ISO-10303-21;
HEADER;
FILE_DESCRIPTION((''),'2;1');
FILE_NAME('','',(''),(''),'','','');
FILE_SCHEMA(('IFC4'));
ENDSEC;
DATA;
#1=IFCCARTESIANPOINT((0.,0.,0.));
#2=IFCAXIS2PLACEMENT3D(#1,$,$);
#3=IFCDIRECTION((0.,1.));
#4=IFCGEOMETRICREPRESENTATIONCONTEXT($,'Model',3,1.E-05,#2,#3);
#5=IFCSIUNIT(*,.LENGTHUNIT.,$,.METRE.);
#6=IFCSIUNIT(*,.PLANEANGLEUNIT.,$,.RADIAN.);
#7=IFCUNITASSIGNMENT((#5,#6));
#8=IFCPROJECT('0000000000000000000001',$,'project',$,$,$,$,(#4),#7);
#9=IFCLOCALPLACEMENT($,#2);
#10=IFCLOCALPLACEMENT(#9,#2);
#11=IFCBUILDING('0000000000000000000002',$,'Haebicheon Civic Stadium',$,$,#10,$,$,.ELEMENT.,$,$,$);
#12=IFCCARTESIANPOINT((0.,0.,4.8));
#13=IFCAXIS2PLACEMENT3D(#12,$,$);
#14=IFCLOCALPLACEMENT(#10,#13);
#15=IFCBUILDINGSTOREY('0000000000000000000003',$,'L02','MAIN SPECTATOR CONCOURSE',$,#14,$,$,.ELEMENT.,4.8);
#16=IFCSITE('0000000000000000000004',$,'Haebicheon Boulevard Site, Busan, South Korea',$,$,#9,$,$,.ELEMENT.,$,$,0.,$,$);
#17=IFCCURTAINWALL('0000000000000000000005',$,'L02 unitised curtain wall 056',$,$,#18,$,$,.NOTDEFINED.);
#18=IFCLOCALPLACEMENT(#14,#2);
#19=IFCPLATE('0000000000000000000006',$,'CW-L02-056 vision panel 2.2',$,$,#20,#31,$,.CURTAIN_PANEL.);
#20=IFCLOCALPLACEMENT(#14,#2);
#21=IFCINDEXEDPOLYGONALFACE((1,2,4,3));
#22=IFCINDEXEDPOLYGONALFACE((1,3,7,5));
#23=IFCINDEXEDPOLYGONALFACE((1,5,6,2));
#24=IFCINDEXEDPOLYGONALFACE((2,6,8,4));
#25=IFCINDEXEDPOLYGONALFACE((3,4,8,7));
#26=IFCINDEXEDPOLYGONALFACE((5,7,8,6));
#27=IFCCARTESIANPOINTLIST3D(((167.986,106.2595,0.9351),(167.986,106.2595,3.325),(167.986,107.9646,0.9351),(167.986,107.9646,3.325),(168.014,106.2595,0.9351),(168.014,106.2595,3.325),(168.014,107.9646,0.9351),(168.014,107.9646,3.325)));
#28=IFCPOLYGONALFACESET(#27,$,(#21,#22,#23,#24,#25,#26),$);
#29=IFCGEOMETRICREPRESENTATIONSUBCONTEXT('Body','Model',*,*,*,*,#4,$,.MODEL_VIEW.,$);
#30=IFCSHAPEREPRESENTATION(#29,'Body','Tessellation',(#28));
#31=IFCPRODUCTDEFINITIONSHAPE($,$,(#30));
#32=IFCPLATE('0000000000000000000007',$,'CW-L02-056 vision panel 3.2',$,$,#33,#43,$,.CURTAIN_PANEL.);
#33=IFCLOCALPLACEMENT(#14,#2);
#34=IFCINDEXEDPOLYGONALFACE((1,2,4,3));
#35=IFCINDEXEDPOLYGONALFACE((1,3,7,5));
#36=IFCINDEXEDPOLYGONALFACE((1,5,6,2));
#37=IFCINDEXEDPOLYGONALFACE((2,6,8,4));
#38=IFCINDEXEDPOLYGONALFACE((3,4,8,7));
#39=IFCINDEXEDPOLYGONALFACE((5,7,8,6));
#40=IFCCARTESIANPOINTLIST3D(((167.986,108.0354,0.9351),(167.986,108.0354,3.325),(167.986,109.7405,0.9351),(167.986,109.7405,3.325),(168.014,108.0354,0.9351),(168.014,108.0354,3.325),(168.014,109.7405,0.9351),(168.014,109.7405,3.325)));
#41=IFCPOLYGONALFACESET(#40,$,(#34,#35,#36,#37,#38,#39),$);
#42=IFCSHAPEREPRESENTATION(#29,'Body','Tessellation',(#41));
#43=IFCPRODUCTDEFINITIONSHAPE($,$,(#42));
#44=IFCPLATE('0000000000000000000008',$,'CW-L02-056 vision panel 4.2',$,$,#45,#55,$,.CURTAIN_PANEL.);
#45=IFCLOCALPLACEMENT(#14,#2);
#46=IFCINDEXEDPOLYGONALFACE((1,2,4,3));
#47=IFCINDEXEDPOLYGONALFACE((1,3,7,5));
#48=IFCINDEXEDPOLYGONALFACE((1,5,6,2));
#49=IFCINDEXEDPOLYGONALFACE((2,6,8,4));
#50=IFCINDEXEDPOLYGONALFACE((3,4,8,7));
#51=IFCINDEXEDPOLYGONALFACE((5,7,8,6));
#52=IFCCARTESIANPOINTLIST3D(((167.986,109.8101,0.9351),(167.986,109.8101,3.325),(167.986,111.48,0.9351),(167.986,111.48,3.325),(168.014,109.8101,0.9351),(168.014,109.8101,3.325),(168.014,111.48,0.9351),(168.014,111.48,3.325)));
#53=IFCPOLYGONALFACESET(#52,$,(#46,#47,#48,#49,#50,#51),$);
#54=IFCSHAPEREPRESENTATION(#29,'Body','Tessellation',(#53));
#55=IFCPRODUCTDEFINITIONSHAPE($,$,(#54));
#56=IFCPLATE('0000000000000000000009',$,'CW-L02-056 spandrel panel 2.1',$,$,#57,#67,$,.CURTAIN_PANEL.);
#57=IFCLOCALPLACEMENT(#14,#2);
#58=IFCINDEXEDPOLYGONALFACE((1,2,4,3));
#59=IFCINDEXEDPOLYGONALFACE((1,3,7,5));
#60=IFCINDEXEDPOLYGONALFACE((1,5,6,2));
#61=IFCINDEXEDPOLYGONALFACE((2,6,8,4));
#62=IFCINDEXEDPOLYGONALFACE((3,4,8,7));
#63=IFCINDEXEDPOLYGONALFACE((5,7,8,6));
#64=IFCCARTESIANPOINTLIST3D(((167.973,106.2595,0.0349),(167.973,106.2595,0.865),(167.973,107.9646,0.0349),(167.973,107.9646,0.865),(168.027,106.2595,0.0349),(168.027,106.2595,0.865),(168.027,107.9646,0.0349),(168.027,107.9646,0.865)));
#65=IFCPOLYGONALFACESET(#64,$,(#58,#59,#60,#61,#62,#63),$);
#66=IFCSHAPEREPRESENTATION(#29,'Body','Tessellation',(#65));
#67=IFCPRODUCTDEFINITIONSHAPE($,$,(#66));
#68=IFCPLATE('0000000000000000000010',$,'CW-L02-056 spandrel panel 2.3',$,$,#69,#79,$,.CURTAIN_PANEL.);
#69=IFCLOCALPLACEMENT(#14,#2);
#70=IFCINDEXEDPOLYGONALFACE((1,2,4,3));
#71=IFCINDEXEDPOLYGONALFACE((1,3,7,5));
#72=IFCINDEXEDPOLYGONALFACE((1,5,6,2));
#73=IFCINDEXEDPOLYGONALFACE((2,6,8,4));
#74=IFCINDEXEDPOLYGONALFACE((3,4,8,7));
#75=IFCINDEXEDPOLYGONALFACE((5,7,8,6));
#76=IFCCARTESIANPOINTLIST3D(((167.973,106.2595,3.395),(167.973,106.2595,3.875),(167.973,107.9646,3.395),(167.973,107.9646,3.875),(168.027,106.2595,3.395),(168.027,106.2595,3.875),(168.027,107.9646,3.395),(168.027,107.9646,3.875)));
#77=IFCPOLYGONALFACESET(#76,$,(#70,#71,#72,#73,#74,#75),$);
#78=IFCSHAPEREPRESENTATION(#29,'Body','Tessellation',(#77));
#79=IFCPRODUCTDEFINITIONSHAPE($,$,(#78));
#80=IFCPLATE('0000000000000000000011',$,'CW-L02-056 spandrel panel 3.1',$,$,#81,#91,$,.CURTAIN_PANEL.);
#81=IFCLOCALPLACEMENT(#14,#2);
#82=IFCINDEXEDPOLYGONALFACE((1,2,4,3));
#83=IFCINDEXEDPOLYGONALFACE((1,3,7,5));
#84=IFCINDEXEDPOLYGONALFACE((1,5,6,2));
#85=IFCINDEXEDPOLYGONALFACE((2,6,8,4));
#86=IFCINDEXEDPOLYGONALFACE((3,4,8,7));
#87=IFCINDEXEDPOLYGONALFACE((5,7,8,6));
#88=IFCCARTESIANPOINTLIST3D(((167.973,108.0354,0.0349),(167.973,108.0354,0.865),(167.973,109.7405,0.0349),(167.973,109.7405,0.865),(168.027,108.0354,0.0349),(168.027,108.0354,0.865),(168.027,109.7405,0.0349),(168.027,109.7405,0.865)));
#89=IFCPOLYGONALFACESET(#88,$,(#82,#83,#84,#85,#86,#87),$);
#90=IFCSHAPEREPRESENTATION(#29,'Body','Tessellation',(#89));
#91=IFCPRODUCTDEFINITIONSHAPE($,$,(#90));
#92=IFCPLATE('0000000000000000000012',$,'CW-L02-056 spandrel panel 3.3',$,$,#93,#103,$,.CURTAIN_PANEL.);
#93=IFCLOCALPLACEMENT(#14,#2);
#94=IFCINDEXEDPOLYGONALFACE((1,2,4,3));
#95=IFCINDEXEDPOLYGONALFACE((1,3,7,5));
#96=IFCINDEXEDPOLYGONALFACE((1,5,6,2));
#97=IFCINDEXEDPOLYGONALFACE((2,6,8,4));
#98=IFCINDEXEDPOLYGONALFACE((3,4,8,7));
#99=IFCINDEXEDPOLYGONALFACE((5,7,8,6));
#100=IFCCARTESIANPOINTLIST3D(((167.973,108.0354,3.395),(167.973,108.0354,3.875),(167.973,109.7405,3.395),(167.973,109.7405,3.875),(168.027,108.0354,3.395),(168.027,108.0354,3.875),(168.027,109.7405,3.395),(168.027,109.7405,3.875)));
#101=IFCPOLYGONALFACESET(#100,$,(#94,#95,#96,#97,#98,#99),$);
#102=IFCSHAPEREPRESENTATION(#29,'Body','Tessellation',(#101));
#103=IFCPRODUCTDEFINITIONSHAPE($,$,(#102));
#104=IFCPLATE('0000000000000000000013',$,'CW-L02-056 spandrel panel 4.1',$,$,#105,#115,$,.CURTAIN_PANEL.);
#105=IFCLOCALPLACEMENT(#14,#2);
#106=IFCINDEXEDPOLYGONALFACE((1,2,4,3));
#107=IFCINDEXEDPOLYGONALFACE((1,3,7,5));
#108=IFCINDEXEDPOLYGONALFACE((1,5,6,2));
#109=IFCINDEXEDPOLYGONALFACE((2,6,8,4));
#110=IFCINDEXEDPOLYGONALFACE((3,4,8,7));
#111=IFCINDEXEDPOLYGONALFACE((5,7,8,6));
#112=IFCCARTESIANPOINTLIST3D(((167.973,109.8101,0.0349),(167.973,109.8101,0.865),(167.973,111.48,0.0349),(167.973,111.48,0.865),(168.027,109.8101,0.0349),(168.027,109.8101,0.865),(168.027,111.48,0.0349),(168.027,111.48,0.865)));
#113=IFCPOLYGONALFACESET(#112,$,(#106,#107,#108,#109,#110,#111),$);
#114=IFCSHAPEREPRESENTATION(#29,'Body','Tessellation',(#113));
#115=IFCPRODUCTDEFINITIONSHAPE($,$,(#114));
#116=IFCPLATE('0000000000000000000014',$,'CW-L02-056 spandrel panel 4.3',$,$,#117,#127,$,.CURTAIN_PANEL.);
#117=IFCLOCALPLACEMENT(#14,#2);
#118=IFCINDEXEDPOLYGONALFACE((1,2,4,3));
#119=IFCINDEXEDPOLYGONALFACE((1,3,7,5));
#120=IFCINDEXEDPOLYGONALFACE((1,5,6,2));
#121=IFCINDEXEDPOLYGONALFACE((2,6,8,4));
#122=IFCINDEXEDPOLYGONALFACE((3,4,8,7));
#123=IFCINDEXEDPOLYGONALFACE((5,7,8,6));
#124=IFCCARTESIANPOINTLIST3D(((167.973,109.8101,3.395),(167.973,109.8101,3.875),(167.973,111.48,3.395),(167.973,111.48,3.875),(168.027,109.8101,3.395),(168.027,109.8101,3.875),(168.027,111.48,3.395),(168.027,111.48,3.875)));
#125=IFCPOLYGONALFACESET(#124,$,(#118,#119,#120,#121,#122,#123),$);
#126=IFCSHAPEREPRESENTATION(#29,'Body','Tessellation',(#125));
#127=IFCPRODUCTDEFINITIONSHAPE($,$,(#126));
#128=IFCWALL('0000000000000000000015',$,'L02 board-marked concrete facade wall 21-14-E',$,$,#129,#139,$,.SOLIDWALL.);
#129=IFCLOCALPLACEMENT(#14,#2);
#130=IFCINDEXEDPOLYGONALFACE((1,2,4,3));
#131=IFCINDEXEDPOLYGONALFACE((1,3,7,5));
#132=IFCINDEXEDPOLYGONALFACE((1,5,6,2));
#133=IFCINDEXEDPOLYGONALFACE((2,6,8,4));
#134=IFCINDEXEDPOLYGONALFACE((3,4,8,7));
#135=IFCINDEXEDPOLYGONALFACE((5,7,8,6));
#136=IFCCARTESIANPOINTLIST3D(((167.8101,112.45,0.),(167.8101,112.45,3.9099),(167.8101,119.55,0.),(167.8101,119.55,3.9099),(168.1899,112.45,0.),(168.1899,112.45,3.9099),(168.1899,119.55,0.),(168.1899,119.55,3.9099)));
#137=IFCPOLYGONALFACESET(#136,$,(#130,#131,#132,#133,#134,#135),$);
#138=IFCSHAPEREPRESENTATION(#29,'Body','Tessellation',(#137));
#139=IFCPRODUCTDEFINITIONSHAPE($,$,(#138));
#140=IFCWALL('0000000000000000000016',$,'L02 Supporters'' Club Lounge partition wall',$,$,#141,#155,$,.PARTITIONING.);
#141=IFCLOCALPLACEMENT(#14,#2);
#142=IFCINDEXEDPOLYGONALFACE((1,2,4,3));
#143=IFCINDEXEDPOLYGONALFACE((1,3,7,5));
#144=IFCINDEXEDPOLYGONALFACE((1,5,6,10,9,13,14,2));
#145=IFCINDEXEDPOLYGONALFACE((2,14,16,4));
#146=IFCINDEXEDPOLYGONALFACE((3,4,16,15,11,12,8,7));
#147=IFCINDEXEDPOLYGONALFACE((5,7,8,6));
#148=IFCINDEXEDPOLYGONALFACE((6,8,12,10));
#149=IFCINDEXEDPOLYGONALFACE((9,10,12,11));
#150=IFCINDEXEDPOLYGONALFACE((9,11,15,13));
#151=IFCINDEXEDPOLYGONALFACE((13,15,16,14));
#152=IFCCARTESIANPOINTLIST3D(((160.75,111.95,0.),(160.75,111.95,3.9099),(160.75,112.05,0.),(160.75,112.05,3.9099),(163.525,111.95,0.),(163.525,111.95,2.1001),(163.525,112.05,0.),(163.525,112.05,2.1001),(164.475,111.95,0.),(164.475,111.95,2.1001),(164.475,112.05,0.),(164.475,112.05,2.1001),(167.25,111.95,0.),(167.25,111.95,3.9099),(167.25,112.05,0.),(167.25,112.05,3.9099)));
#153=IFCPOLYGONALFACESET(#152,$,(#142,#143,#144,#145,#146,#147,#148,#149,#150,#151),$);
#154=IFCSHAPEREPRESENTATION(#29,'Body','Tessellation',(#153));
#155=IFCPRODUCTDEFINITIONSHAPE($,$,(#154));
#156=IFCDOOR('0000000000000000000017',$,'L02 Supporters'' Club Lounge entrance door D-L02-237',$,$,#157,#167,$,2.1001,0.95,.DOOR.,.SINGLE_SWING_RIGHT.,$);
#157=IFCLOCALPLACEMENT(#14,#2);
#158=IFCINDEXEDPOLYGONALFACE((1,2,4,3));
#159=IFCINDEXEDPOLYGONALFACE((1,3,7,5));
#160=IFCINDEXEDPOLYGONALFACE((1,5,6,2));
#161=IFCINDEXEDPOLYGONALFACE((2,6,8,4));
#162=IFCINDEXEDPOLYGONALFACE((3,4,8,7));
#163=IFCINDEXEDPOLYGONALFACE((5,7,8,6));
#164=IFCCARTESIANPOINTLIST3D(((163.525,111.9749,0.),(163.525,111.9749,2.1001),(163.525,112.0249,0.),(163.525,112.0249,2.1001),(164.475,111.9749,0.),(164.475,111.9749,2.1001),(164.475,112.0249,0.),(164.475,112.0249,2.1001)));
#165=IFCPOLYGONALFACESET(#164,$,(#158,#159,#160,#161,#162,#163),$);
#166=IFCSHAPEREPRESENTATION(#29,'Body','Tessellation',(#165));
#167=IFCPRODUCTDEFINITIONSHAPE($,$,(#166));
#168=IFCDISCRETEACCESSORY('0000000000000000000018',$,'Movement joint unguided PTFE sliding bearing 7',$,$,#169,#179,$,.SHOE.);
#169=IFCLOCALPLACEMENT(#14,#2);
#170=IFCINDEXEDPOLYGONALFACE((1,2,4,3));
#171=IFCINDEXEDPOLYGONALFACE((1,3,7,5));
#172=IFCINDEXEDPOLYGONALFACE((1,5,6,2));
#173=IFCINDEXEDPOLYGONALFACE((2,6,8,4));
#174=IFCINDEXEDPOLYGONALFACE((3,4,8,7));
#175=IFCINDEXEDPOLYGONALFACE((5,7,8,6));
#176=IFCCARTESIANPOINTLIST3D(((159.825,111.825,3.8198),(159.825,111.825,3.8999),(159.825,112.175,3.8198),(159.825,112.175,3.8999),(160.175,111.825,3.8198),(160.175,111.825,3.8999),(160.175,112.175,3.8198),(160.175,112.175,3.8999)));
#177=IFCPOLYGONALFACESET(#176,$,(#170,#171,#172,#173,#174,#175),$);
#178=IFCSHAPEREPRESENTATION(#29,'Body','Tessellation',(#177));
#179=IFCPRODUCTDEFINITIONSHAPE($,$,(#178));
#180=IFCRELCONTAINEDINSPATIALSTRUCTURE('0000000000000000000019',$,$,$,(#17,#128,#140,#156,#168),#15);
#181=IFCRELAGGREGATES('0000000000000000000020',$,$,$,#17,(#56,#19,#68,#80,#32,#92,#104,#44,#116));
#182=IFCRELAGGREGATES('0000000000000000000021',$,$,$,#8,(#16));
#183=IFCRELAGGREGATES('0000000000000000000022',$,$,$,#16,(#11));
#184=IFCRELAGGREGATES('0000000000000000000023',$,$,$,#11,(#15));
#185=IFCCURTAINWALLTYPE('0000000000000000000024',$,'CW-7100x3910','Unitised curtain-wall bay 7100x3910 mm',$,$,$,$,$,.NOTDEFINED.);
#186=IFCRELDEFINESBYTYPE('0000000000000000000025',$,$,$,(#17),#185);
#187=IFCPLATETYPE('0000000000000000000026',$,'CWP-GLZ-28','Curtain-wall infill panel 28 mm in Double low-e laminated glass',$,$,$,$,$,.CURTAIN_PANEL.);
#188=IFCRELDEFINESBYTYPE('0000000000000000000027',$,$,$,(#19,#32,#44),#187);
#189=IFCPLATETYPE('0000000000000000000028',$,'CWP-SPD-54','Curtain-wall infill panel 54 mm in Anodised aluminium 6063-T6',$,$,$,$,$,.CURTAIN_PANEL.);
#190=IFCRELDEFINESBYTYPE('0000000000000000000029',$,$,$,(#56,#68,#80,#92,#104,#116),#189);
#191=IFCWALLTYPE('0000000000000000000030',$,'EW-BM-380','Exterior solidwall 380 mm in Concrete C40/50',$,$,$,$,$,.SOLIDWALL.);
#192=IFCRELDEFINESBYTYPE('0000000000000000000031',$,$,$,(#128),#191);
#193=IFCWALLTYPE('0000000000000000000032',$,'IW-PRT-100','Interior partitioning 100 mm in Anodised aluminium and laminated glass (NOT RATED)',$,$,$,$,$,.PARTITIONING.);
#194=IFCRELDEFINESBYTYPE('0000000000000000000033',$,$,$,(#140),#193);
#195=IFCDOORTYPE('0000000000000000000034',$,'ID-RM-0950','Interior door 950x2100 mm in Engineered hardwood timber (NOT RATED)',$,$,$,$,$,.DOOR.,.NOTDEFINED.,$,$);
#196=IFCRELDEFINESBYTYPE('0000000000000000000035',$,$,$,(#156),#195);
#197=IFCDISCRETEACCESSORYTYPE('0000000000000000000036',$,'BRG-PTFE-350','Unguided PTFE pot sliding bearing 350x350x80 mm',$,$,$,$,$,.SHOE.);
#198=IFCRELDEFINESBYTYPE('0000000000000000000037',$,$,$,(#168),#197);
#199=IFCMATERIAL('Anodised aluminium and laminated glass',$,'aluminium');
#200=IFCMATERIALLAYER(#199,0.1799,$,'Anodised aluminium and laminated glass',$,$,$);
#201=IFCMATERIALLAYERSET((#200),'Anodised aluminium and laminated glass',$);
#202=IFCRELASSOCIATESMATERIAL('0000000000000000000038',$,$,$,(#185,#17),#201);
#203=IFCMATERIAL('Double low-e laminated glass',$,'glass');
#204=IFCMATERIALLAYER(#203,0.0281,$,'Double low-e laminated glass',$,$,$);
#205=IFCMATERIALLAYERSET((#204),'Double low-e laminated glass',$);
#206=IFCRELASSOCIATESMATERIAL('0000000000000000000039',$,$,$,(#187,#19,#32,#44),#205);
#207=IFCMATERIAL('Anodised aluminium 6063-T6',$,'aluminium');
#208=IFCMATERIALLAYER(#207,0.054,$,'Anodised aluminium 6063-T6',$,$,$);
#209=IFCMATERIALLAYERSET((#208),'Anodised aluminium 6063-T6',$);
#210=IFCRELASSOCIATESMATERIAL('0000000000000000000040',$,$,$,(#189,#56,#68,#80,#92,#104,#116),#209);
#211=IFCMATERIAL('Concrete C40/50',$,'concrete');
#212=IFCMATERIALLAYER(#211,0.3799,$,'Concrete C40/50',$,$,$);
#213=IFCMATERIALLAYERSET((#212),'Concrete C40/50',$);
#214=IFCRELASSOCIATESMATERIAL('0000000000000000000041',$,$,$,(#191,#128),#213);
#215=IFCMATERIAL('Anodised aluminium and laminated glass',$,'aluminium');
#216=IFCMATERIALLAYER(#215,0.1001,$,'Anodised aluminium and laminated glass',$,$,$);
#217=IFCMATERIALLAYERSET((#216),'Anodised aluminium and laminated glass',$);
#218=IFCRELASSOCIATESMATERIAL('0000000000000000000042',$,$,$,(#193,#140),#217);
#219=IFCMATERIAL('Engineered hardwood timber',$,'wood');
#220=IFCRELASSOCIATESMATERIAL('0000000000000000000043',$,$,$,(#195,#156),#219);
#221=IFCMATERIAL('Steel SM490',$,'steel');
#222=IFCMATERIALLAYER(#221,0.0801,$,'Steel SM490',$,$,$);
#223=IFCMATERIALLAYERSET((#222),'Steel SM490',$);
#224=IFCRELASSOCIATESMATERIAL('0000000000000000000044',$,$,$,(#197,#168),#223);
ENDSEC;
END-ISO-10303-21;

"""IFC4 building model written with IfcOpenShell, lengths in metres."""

from ifc_helpers import new_model, si_unit, direction, frame, frame_2d, origin, origin_2d, place, context, subcontext, project, spatial, rectangle, extrude, material, layer, layer_set, type_object, element, fill, aggregate, save


model = new_model("IFC4")

# Units and contexts
model_context = context("Model", 3, precision=1e-05, world=origin(), true_north=direction((0.0, 1.0)))
body_context = subcontext(model_context, "Body", "Model", "MODEL_VIEW")
ifc_project = project(units=[si_unit("LENGTHUNIT", "METRE"), si_unit("PLANEANGLEUNIT", "RADIAN")], contexts=[model_context])

# Site, building, storey
site_placement = place(None, origin())
site = spatial("IfcSite", under=ifc_project, at=site_placement, Name="Haebicheon Boulevard Site, Busan, South Korea", CompositionType="ELEMENT", RefElevation=0.0)
building_placement = place(site_placement, origin())
building = spatial("IfcBuilding", under=site, at=building_placement, Name="Haebicheon Civic Stadium", CompositionType="ELEMENT")
storey_placement = place(building_placement, frame((0.0, 0.0, 4.8)))
storey = spatial("IfcBuildingStorey", under=building, at=storey_placement, Name="L02", Description="MAIN SPECTATOR CONCOURSE", CompositionType="ELEMENT", Elevation=4.8)

# Curtain wall
ifc_material_1 = material(Name="Anodised aluminium and laminated glass", Category="aluminium")
ifc_layer_1 = layer(ifc_material_1, 0.1799, Name="Anodised aluminium and laminated glass")
ifc_layer_set_1 = layer_set([ifc_layer_1], Name="Anodised aluminium and laminated glass")
curtain_wall_type = type_object("IfcCurtainWallType", Name="CW-7100x3910", Description="Unitised curtain-wall bay 7100x3910 mm", PredefinedType="NOTDEFINED", material=ifc_layer_set_1)
curtain_wall_placement = place(storey_placement, origin())
curtain_wall = element("IfcCurtainWall", 1, at=curtain_wall_placement, inside=storey, type_object=curtain_wall_type, material=ifc_layer_set_1, Name="L02 unitised curtain wall 056", PredefinedType="NOTDEFINED")

# Plates
ifc_material_2 = material(Name="Double low-e laminated glass", Category="glass")
ifc_layer_2 = layer(ifc_material_2, 0.0281, Name="Double low-e laminated glass")
ifc_layer_set_2 = layer_set([ifc_layer_2], Name="Double low-e laminated glass")
plate_type_1 = type_object("IfcPlateType", Name="CWP-GLZ-28", Description="Curtain-wall infill panel 28 mm in Double low-e laminated glass", PredefinedType="CURTAIN_PANEL", material=ifc_layer_set_2)
plate_1_placement = place(storey_placement, frame((168.0, 107.1121, 0.9351), z_axis=(0.0, 0.0, 1.0), x_axis=(0.0, 1.0, 0.0)))
plate_1 = element("IfcPlate", 2, at=plate_1_placement, type_object=plate_type_1, material=ifc_layer_set_2, Name="CW-L02-056 vision panel 2.2", PredefinedType="CURTAIN_PANEL", context=body_context, shape_type="SweptSolid", body=[
    extrude(rectangle(XDim=1.7051, YDim=0.0281, at=origin_2d()), origin(), (0.0, 0.0, 1.0), 2.3899),
])
plate_2_placement = place(storey_placement, frame((168.0, 108.8879, 0.9351), z_axis=(0.0, 0.0, 1.0), x_axis=(0.0, 1.0, 0.0)))
plate_2 = element("IfcPlate", 3, at=plate_2_placement, type_object=plate_type_1, material=ifc_layer_set_2, Name="CW-L02-056 vision panel 3.2", PredefinedType="CURTAIN_PANEL", context=body_context, shape_type="SweptSolid", body=[
    extrude(rectangle(XDim=1.7051, YDim=0.0281, at=origin_2d()), origin(), (0.0, 0.0, 1.0), 2.3899),
])
plate_3_placement = place(storey_placement, frame((168.0, 110.645, 0.9351), z_axis=(0.0, 0.0, 1.0), x_axis=(0.0, 1.0, 0.0)))
plate_3 = element("IfcPlate", 4, at=plate_3_placement, type_object=plate_type_1, material=ifc_layer_set_2, Name="CW-L02-056 vision panel 4.2", PredefinedType="CURTAIN_PANEL", context=body_context, shape_type="SweptSolid", body=[
    extrude(rectangle(XDim=1.6699, YDim=0.0281, at=origin_2d()), origin(), (0.0, 0.0, 1.0), 2.3899),
])
ifc_material_3 = material(Name="Anodised aluminium 6063-T6", Category="aluminium")
ifc_layer_3 = layer(ifc_material_3, 0.054, Name="Anodised aluminium 6063-T6")
ifc_layer_set_3 = layer_set([ifc_layer_3], Name="Anodised aluminium 6063-T6")
plate_type_2 = type_object("IfcPlateType", Name="CWP-SPD-54", Description="Curtain-wall infill panel 54 mm in Anodised aluminium 6063-T6", PredefinedType="CURTAIN_PANEL", material=ifc_layer_set_3)
plate_4_placement = place(storey_placement, frame((168.0, 107.1121, 0.0349), z_axis=(0.0, 0.0, 1.0), x_axis=(0.0, 1.0, 0.0)))
plate_4 = element("IfcPlate", 5, at=plate_4_placement, type_object=plate_type_2, material=ifc_layer_set_3, Name="CW-L02-056 spandrel panel 2.1", PredefinedType="CURTAIN_PANEL", context=body_context, shape_type="SweptSolid", body=[
    extrude(rectangle(XDim=1.7051, YDim=0.054, at=origin_2d()), origin(), (0.0, 0.0, 1.0), 0.8301),
])
plate_5_placement = place(storey_placement, frame((168.0, 107.1121, 3.395), z_axis=(0.0, 0.0, 1.0), x_axis=(0.0, 1.0, 0.0)))
plate_5 = element("IfcPlate", 6, at=plate_5_placement, type_object=plate_type_2, material=ifc_layer_set_3, Name="CW-L02-056 spandrel panel 2.3", PredefinedType="CURTAIN_PANEL", context=body_context, shape_type="SweptSolid", body=[
    extrude(rectangle(XDim=1.7051, YDim=0.054, at=origin_2d()), origin(), (0.0, 0.0, 1.0), 0.48),
])
plate_6_placement = place(storey_placement, frame((168.0, 108.8879, 0.0349), z_axis=(0.0, 0.0, 1.0), x_axis=(0.0, 1.0, 0.0)))
plate_6 = element("IfcPlate", 7, at=plate_6_placement, type_object=plate_type_2, material=ifc_layer_set_3, Name="CW-L02-056 spandrel panel 3.1", PredefinedType="CURTAIN_PANEL", context=body_context, shape_type="SweptSolid", body=[
    extrude(rectangle(XDim=1.7051, YDim=0.054, at=origin_2d()), origin(), (0.0, 0.0, 1.0), 0.8301),
])
plate_7_placement = place(storey_placement, frame((168.0, 108.8879, 3.395), z_axis=(0.0, 0.0, 1.0), x_axis=(0.0, 1.0, 0.0)))
plate_7 = element("IfcPlate", 8, at=plate_7_placement, type_object=plate_type_2, material=ifc_layer_set_3, Name="CW-L02-056 spandrel panel 3.3", PredefinedType="CURTAIN_PANEL", context=body_context, shape_type="SweptSolid", body=[
    extrude(rectangle(XDim=1.7051, YDim=0.054, at=origin_2d()), origin(), (0.0, 0.0, 1.0), 0.48),
])
plate_8_placement = place(storey_placement, frame((168.0, 110.645, 0.0349), z_axis=(0.0, 0.0, 1.0), x_axis=(0.0, 1.0, 0.0)))
plate_8 = element("IfcPlate", 9, at=plate_8_placement, type_object=plate_type_2, material=ifc_layer_set_3, Name="CW-L02-056 spandrel panel 4.1", PredefinedType="CURTAIN_PANEL", context=body_context, shape_type="SweptSolid", body=[
    extrude(rectangle(XDim=1.6699, YDim=0.054, at=origin_2d()), origin(), (0.0, 0.0, 1.0), 0.8301),
])
plate_9_placement = place(storey_placement, frame((168.0, 110.645, 3.395), z_axis=(0.0, 0.0, 1.0), x_axis=(0.0, 1.0, 0.0)))
plate_9 = element("IfcPlate", 10, at=plate_9_placement, type_object=plate_type_2, material=ifc_layer_set_3, Name="CW-L02-056 spandrel panel 4.3", PredefinedType="CURTAIN_PANEL", context=body_context, shape_type="SweptSolid", body=[
    extrude(rectangle(XDim=1.6699, YDim=0.054, at=origin_2d()), origin(), (0.0, 0.0, 1.0), 0.48),
])
aggregate(curtain_wall, [plate_4, plate_1, plate_5, plate_6, plate_2, plate_7, plate_8, plate_3, plate_9])

# Wall
ifc_material_4 = material(Name="Concrete C40/50", Category="concrete")
ifc_layer_4 = layer(ifc_material_4, 0.3799, Name="Concrete C40/50")
ifc_layer_set_4 = layer_set([ifc_layer_4], Name="Concrete C40/50")
wall_type_1 = type_object("IfcWallType", Name="EW-BM-380", Description="Exterior solidwall 380 mm in Concrete C40/50", PredefinedType="SOLIDWALL", material=ifc_layer_set_4)
wall_1_placement = place(storey_placement, frame((168.0, 112.45, 0.0), z_axis=(0.0, 0.0, 1.0), x_axis=(0.0, 1.0, 0.0)))
element("IfcWall", 11, at=wall_1_placement, inside=storey, type_object=wall_type_1, material=ifc_layer_set_4, Name="L02 board-marked concrete facade wall 21-14-E", PredefinedType="SOLIDWALL", context=body_context, shape_type="SweptSolid", body=[
    extrude(rectangle(XDim=7.1001, YDim=0.3799, at=frame_2d((3.55, 0.0))), origin(), (0.0, 0.0, 1.0), 3.9099),
])

# Wall, opening, door
ifc_material_5 = material(Name="Anodised aluminium and laminated glass", Category="aluminium")
ifc_layer_5 = layer(ifc_material_5, 0.1001, Name="Anodised aluminium and laminated glass")
ifc_layer_set_5 = layer_set([ifc_layer_5], Name="Anodised aluminium and laminated glass")
wall_type_2 = type_object("IfcWallType", Name="IW-PRT-100", Description="Interior partitioning 100 mm in Anodised aluminium and laminated glass (NOT RATED)", PredefinedType="PARTITIONING", material=ifc_layer_set_5)
wall_2_placement = place(storey_placement, frame((160.75, 112.0, 0.0), z_axis=(0.0, 0.0, 1.0), x_axis=(1.0, 0.0, 0.0)))
wall_2 = element("IfcWall", 12, at=wall_2_placement, inside=storey, type_object=wall_type_2, material=ifc_layer_set_5, Name="L02 Supporters' Club Lounge partition wall", PredefinedType="PARTITIONING", context=body_context, shape_type="SweptSolid", body=[
    extrude(rectangle(XDim=6.5, YDim=0.1001, at=frame_2d((3.25, 0.0))), origin(), (0.0, 0.0, 1.0), 3.9099),
])
opening_placement = place(wall_2_placement, frame((2.7749, 0.0, 0.0)))
opening = element("IfcOpeningElement", 13, at=opening_placement, cuts=wall_2, PredefinedType="OPENING", context=body_context, shape_type="SweptSolid", body=[
    extrude(rectangle(XDim=0.95, YDim=2.1001, at=frame_2d((0.4751, 1.05))), frame((0.0, 0.0601, 0.0), z_axis=(0.0, -1.0, 0.0), x_axis=(1.0, 0.0, 0.0)), (0.0, 0.0, 1.0), 0.1201),
])
ifc_material_6 = material(Name="Engineered hardwood timber", Category="wood")
door_type = type_object("IfcDoorType", Name="ID-RM-0950", Description="Interior door 950x2100 mm in Engineered hardwood timber (NOT RATED)", OperationType="NOTDEFINED", PredefinedType="DOOR", material=ifc_material_6)
door_placement = place(opening_placement, origin())
door = element("IfcDoor", 14, at=door_placement, inside=storey, type_object=door_type, material=ifc_material_6, Name="L02 Supporters' Club Lounge entrance door D-L02-237", OperationType="SINGLE_SWING_RIGHT", OverallHeight=2.1001, OverallWidth=0.95, PredefinedType="DOOR", context=body_context, shape_type="SweptSolid", body=[
    extrude(rectangle(XDim=0.95, YDim=2.1001, at=frame_2d((0.4751, 1.05))), frame((0.0, 0.0249, 0.0), z_axis=(0.0, -1.0, 0.0), x_axis=(1.0, 0.0, 0.0)), (0.0, 0.0, 1.0), 0.05),
])
fill(opening, door)

# Discrete accessory
ifc_material_7 = material(Name="Steel SM490", Category="steel")
ifc_layer_6 = layer(ifc_material_7, 0.0801, Name="Steel SM490")
ifc_layer_set_6 = layer_set([ifc_layer_6], Name="Steel SM490")
discrete_accessory_type = type_object("IfcDiscreteAccessoryType", Name="BRG-PTFE-350", Description="Unguided PTFE pot sliding bearing 350x350x80 mm", PredefinedType="SHOE", material=ifc_layer_set_6)
discrete_accessory_placement = place(storey_placement, frame((160.0, 112.0, 3.8198), z_axis=(0.0, 0.0, 1.0), x_axis=(1.0, 0.0, 0.0)))
element("IfcDiscreteAccessory", 15, at=discrete_accessory_placement, inside=storey, type_object=discrete_accessory_type, material=ifc_layer_set_6, Name="Movement joint unguided PTFE sliding bearing 7", PredefinedType="SHOE", context=body_context, shape_type="SweptSolid", body=[
    extrude(rectangle(XDim=0.3501, YDim=0.3501, at=origin_2d()), origin(), (0.0, 0.0, 1.0), 0.0801),
])

save(model, "model.ifc")
